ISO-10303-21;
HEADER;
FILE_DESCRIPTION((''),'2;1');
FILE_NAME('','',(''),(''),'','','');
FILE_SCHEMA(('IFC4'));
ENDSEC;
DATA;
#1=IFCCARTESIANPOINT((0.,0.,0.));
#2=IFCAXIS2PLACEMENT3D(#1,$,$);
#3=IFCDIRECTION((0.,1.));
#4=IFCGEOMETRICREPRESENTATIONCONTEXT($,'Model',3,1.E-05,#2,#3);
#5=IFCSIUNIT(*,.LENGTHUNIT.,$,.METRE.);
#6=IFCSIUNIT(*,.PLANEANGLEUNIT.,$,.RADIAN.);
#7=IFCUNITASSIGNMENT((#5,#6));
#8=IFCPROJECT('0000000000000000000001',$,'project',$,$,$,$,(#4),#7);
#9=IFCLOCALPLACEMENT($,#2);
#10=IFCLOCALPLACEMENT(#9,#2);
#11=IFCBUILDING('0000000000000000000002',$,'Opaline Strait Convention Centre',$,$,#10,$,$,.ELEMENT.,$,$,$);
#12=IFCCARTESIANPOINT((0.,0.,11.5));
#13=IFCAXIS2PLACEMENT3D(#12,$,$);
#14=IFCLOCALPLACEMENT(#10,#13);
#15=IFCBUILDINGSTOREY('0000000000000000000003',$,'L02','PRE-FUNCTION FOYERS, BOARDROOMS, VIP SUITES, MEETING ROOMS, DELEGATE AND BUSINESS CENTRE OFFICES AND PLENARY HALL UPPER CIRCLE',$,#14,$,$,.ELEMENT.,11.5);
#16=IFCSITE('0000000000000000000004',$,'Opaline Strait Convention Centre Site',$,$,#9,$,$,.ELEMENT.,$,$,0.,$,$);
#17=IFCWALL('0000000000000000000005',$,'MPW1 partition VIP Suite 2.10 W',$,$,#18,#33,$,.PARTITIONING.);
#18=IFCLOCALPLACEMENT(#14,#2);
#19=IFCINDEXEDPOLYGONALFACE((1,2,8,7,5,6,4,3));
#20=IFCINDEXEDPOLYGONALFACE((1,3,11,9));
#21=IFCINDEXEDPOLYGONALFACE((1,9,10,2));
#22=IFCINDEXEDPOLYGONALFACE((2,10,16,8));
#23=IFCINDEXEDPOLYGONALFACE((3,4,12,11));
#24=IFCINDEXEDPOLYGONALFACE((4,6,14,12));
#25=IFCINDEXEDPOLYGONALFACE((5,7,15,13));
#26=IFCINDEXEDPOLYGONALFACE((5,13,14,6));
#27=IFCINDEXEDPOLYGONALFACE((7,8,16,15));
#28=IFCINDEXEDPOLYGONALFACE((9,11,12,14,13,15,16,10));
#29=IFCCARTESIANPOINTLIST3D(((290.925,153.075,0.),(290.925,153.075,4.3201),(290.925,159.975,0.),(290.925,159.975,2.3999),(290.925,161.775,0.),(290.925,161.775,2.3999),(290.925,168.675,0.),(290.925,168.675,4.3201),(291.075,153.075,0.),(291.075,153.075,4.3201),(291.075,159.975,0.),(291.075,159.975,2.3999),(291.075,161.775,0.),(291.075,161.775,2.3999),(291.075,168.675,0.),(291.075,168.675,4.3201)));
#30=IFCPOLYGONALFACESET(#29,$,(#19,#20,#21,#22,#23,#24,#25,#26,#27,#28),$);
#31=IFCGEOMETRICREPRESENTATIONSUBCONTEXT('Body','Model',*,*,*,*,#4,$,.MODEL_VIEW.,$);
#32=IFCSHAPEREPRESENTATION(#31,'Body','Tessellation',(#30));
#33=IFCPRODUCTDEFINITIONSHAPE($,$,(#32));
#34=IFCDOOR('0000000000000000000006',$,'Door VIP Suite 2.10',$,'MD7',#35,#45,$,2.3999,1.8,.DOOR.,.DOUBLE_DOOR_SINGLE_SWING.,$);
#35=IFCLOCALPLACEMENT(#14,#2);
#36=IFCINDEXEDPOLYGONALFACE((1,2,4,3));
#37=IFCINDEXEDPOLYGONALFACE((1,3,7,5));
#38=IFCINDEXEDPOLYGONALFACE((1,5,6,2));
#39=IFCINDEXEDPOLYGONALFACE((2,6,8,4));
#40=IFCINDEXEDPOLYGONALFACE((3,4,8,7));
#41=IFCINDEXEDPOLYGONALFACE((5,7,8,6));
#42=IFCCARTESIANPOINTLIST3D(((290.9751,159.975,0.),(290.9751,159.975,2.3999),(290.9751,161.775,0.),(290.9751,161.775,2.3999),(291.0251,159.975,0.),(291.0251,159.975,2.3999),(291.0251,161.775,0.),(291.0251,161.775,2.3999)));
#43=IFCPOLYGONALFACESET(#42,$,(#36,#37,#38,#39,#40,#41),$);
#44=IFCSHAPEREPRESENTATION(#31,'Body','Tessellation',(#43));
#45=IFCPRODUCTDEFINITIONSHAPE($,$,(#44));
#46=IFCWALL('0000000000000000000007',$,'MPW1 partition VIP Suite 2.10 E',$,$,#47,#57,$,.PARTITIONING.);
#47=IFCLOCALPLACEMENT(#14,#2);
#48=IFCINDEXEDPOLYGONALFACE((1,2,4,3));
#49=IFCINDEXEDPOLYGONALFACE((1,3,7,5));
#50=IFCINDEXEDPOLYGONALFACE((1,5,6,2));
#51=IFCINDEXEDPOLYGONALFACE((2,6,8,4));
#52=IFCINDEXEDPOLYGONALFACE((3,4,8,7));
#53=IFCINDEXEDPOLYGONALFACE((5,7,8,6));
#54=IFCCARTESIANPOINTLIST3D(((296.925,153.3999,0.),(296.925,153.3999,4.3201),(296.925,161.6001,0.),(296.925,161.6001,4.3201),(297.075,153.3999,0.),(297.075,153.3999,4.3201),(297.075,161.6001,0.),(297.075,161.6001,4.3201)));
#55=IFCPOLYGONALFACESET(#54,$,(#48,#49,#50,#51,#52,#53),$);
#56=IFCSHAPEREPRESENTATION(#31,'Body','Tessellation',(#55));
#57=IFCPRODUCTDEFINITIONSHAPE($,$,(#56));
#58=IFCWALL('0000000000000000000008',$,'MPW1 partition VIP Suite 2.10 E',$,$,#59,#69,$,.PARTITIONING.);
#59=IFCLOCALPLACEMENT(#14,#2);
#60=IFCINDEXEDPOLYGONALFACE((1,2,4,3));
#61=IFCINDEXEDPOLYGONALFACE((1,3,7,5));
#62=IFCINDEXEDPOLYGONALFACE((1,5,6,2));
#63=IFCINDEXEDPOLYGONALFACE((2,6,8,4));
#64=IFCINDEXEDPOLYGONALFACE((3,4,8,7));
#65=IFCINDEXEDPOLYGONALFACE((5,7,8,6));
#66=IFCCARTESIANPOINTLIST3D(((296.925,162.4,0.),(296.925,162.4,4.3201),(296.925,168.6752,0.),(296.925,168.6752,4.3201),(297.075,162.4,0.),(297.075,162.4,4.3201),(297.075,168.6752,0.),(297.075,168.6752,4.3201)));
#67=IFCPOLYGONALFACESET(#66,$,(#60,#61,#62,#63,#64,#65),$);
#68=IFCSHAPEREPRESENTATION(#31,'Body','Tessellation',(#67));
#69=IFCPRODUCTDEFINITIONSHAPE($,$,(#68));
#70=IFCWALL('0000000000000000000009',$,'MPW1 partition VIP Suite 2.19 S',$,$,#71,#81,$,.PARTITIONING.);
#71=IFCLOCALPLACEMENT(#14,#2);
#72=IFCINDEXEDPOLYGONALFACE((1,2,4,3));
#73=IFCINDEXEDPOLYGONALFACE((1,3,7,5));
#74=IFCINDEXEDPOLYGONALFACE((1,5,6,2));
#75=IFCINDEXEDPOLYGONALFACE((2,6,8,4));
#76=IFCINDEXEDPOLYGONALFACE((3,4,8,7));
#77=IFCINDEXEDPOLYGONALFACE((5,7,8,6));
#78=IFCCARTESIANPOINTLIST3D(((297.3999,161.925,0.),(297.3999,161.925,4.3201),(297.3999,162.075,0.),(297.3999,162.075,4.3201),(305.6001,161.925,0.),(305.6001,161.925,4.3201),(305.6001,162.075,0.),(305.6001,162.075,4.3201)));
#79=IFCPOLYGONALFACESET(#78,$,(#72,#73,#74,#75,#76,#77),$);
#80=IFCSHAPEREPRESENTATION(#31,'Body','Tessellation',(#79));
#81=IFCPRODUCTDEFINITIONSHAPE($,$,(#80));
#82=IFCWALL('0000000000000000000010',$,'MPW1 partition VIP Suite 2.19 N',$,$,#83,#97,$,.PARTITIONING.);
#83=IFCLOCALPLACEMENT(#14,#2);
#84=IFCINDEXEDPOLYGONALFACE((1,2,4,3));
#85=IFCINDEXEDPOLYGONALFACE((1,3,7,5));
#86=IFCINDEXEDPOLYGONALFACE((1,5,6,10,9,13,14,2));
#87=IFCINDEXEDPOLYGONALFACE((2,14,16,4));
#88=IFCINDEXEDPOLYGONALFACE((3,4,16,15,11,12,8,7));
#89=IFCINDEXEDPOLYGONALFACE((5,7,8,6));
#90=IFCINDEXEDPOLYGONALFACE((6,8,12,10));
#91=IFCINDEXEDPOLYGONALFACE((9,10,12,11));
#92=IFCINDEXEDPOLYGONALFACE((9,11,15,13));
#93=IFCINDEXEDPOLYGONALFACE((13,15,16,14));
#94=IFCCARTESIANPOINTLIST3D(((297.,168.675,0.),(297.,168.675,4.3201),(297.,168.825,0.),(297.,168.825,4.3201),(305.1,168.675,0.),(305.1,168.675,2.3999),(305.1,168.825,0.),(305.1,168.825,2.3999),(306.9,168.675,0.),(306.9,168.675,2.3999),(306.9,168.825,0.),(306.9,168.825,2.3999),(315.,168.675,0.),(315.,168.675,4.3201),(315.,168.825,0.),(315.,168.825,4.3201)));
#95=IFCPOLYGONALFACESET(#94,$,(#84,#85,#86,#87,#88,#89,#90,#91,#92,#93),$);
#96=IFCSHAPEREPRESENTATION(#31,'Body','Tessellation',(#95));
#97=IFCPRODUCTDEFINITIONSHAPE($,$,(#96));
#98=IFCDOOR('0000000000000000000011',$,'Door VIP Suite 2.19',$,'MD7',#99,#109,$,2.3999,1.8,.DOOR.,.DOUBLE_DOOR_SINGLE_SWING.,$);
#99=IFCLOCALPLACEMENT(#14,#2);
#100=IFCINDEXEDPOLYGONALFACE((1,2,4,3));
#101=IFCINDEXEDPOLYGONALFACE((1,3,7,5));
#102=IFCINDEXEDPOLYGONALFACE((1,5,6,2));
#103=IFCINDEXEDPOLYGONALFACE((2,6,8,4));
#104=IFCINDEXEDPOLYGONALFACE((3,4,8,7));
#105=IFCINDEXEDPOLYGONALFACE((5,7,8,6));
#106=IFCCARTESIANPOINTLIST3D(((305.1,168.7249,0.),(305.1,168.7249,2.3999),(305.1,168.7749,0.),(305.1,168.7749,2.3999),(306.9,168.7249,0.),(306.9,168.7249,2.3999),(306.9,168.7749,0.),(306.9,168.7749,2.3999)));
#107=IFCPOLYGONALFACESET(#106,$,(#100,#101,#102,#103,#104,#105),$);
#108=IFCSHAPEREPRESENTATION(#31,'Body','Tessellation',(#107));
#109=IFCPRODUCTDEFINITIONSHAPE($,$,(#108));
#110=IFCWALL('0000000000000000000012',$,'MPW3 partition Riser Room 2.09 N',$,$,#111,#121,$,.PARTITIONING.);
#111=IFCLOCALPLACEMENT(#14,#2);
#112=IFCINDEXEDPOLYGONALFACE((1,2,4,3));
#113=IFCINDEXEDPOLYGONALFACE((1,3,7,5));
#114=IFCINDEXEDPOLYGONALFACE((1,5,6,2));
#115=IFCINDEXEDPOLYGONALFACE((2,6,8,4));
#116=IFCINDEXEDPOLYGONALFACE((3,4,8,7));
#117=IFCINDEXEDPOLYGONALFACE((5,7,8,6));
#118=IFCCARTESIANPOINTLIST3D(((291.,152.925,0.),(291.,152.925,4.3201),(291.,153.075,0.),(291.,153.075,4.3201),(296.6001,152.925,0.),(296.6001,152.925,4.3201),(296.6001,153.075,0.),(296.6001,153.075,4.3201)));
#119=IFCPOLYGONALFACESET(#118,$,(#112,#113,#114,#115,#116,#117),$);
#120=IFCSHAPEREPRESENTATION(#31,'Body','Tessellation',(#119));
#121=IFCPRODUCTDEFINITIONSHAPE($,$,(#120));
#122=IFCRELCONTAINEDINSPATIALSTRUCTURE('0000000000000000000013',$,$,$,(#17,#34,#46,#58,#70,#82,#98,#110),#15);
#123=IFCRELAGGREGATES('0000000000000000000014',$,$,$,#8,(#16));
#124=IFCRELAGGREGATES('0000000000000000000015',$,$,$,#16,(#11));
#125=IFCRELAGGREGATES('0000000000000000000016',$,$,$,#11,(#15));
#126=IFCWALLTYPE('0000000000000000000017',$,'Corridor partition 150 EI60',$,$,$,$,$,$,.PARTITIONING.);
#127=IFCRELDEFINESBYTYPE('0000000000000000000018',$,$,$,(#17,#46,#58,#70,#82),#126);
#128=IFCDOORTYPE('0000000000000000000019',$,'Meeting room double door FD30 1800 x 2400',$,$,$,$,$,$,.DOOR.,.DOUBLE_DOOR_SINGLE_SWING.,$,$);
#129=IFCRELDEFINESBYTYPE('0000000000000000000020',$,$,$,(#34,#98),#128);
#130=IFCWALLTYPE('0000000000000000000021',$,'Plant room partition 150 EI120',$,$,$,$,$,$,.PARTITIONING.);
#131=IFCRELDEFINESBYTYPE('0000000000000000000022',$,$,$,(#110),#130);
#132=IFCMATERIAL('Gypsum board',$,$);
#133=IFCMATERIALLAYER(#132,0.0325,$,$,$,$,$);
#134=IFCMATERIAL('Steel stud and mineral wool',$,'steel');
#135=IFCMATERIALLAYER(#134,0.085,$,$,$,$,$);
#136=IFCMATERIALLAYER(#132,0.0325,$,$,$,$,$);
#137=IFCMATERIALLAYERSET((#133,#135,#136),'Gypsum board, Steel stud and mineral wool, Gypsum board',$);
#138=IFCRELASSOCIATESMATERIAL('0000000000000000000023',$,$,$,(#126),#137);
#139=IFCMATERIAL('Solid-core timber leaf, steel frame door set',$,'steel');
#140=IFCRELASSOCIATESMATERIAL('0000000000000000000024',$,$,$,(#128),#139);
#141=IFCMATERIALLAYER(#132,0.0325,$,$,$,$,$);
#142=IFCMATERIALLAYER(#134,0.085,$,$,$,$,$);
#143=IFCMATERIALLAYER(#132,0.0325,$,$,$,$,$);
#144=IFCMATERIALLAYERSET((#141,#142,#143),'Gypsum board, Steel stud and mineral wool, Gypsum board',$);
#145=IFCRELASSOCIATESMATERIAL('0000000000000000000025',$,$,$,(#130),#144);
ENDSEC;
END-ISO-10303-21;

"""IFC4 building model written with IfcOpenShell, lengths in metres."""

from ifc_helpers import new_model, si_unit, direction, frame, frame_2d, origin, place, context, subcontext, project, spatial, rectangle, extrude, material, layer, layer_set, type_object, element, fill, save


model = new_model("IFC4")

# Units and contexts
model_context = context("Model", 3, precision=1e-05, world=origin(), true_north=direction((0.0, 1.0)))
body_context = subcontext(model_context, "Body", "Model", "MODEL_VIEW")
ifc_project = project(units=[si_unit("LENGTHUNIT", "METRE"), si_unit("PLANEANGLEUNIT", "RADIAN")], contexts=[model_context])

# Site, building, storey
site_placement = place(None, origin())
site = spatial("IfcSite", under=ifc_project, at=site_placement, Name="Opaline Strait Convention Centre Site", CompositionType="ELEMENT", RefElevation=0.0)
building_placement = place(site_placement, origin())
building = spatial("IfcBuilding", under=site, at=building_placement, Name="Opaline Strait Convention Centre", CompositionType="ELEMENT")
storey_placement = place(building_placement, frame((0.0, 0.0, 11.5)))
storey = spatial("IfcBuildingStorey", under=building, at=storey_placement, Name="L02", Description="PRE-FUNCTION FOYERS, BOARDROOMS, VIP SUITES, MEETING ROOMS, DELEGATE AND BUSINESS CENTRE OFFICES AND PLENARY HALL UPPER CIRCLE", CompositionType="ELEMENT", Elevation=11.5)

# Shared definitions
ifc_material_1 = material(Name="Gypsum board")
ifc_layer_1 = layer(ifc_material_1, 0.0325)
ifc_material_2 = material(Name="Steel stud and mineral wool", Category="steel")
ifc_layer_2 = layer(ifc_material_2, 0.085)
ifc_layer_3 = layer(ifc_material_1, 0.0325)
ifc_layer_set_1 = layer_set([ifc_layer_1, ifc_layer_2, ifc_layer_3], Name="Gypsum board, Steel stud and mineral wool, Gypsum board")
wall_type_1 = type_object("IfcWallType", Name="Corridor partition 150 EI60", PredefinedType="PARTITIONING", material=ifc_layer_set_1)

# Wall, opening, door
wall_1_placement = place(storey_placement, frame((291.0, 153.075, 0.0), z_axis=(0.0, 0.0, 1.0), x_axis=(0.0, 1.0, 0.0)))
wall_1 = element("IfcWall", 1, at=wall_1_placement, inside=storey, type_object=wall_type_1, Name="MPW1 partition VIP Suite 2.10 W", PredefinedType="PARTITIONING", context=body_context, shape_type="SweptSolid", body=[
    extrude(rectangle(XDim=15.6001, YDim=0.1499, at=frame_2d((7.8, 0.0))), origin(), (0.0, 0.0, 1.0), 4.3201),
])
opening_1_placement = place(wall_1_placement, frame((6.9001, 0.0, 0.0)))
opening_1 = element("IfcOpeningElement", 2, at=opening_1_placement, cuts=wall_1, PredefinedType="OPENING", context=body_context, shape_type="SweptSolid", body=[
    extrude(rectangle(XDim=1.8, YDim=2.3999, at=frame_2d((0.8999, 1.2))), frame((0.0, 0.085, 0.0), z_axis=(0.0, -1.0, 0.0), x_axis=(1.0, 0.0, 0.0)), (0.0, 0.0, 1.0), 0.1699),
])
ifc_material_3 = material(Name="Solid-core timber leaf, steel frame door set", Category="steel")
door_type = type_object("IfcDoorType", Name="Meeting room double door FD30 1800 x 2400", OperationType="DOUBLE_DOOR_SINGLE_SWING", PredefinedType="DOOR", material=ifc_material_3)
door_1_placement = place(opening_1_placement, origin())
door_1 = element("IfcDoor", 3, at=door_1_placement, inside=storey, type_object=door_type, Name="Door VIP Suite 2.10", ObjectType="MD7", OperationType="DOUBLE_DOOR_SINGLE_SWING", OverallHeight=2.3999, OverallWidth=1.8, PredefinedType="DOOR", context=body_context, shape_type="SweptSolid", body=[
    extrude(rectangle(XDim=1.8, YDim=2.3999, at=frame_2d((0.8999, 1.2))), frame((0.0, 0.0249, 0.0), z_axis=(0.0, -1.0, 0.0), x_axis=(1.0, 0.0, 0.0)), (0.0, 0.0, 1.0), 0.05),
])
fill(opening_1, door_1)

# Walls
wall_2_placement = place(storey_placement, frame((297.0, 153.3999, 0.0), z_axis=(0.0, 0.0, 1.0), x_axis=(0.0, 1.0, 0.0)))
element("IfcWall", 4, at=wall_2_placement, inside=storey, type_object=wall_type_1, Name="MPW1 partition VIP Suite 2.10 E", PredefinedType="PARTITIONING", context=body_context, shape_type="SweptSolid", body=[
    extrude(rectangle(XDim=8.2002, YDim=0.1499, at=frame_2d((4.1001, 0.0))), origin(), (0.0, 0.0, 1.0), 4.3201),
])
wall_3_placement = place(storey_placement, frame((297.0, 162.3999, 0.0), z_axis=(0.0, 0.0, 1.0), x_axis=(0.0, 1.0, 0.0)))
element("IfcWall", 5, at=wall_3_placement, inside=storey, type_object=wall_type_1, Name="MPW1 partition VIP Suite 2.10 E", PredefinedType="PARTITIONING", context=body_context, shape_type="SweptSolid", body=[
    extrude(rectangle(XDim=6.2751, YDim=0.1499, at=frame_2d((3.1377, 0.0))), origin(), (0.0, 0.0, 1.0), 4.3201),
])
wall_4_placement = place(storey_placement, frame((297.3999, 162.0, 0.0), z_axis=(0.0, 0.0, 1.0), x_axis=(1.0, 0.0, 0.0)))
element("IfcWall", 6, at=wall_4_placement, inside=storey, type_object=wall_type_1, Name="MPW1 partition VIP Suite 2.19 S", PredefinedType="PARTITIONING", context=body_context, shape_type="SweptSolid", body=[
    extrude(rectangle(XDim=8.2002, YDim=0.1499, at=frame_2d((4.1001, 0.0))), origin(), (0.0, 0.0, 1.0), 4.3201),
])

# Wall, opening, door
wall_5_placement = place(storey_placement, frame((297.0, 168.75, 0.0), z_axis=(0.0, 0.0, 1.0), x_axis=(1.0, 0.0, 0.0)))
wall_5 = element("IfcWall", 7, at=wall_5_placement, inside=storey, type_object=wall_type_1, Name="MPW1 partition VIP Suite 2.19 N", PredefinedType="PARTITIONING", context=body_context, shape_type="SweptSolid", body=[
    extrude(rectangle(XDim=18.0, YDim=0.1499, at=frame_2d((9.0, 0.0))), origin(), (0.0, 0.0, 1.0), 4.3201),
])
opening_2_placement = place(wall_5_placement, frame((8.1001, 0.0, 0.0)))
opening_2 = element("IfcOpeningElement", 8, at=opening_2_placement, cuts=wall_5, PredefinedType="OPENING", context=body_context, shape_type="SweptSolid", body=[
    extrude(rectangle(XDim=1.8, YDim=2.3999, at=frame_2d((0.8999, 1.2))), frame((0.0, 0.085, 0.0), z_axis=(0.0, -1.0, 0.0), x_axis=(1.0, 0.0, 0.0)), (0.0, 0.0, 1.0), 0.1699),
])
door_2_placement = place(opening_2_placement, origin())
door_2 = element("IfcDoor", 9, at=door_2_placement, inside=storey, type_object=door_type, Name="Door VIP Suite 2.19", ObjectType="MD7", OperationType="DOUBLE_DOOR_SINGLE_SWING", OverallHeight=2.3999, OverallWidth=1.8, PredefinedType="DOOR", context=body_context, shape_type="SweptSolid", body=[
    extrude(rectangle(XDim=1.8, YDim=2.3999, at=frame_2d((0.8999, 1.2))), frame((0.0, 0.0249, 0.0), z_axis=(0.0, -1.0, 0.0), x_axis=(1.0, 0.0, 0.0)), (0.0, 0.0, 1.0), 0.05),
])
fill(opening_2, door_2)

# Wall
ifc_layer_4 = layer(ifc_material_1, 0.0325)
ifc_layer_5 = layer(ifc_material_2, 0.085)
ifc_layer_6 = layer(ifc_material_1, 0.0325)
ifc_layer_set_2 = layer_set([ifc_layer_4, ifc_layer_5, ifc_layer_6], Name="Gypsum board, Steel stud and mineral wool, Gypsum board")
wall_type_2 = type_object("IfcWallType", Name="Plant room partition 150 EI120", PredefinedType="PARTITIONING", material=ifc_layer_set_2)
wall_6_placement = place(storey_placement, frame((291.0, 153.0, 0.0), z_axis=(0.0, 0.0, 1.0), x_axis=(1.0, 0.0, 0.0)))
element("IfcWall", 10, at=wall_6_placement, inside=storey, type_object=wall_type_2, Name="MPW3 partition Riser Room 2.09 N", PredefinedType="PARTITIONING", context=body_context, shape_type="SweptSolid", body=[
    extrude(rectangle(XDim=5.6001, YDim=0.1499, at=frame_2d((2.8, 0.0))), origin(), (0.0, 0.0, 1.0), 4.3201),
])

save(model, "model.ifc")
